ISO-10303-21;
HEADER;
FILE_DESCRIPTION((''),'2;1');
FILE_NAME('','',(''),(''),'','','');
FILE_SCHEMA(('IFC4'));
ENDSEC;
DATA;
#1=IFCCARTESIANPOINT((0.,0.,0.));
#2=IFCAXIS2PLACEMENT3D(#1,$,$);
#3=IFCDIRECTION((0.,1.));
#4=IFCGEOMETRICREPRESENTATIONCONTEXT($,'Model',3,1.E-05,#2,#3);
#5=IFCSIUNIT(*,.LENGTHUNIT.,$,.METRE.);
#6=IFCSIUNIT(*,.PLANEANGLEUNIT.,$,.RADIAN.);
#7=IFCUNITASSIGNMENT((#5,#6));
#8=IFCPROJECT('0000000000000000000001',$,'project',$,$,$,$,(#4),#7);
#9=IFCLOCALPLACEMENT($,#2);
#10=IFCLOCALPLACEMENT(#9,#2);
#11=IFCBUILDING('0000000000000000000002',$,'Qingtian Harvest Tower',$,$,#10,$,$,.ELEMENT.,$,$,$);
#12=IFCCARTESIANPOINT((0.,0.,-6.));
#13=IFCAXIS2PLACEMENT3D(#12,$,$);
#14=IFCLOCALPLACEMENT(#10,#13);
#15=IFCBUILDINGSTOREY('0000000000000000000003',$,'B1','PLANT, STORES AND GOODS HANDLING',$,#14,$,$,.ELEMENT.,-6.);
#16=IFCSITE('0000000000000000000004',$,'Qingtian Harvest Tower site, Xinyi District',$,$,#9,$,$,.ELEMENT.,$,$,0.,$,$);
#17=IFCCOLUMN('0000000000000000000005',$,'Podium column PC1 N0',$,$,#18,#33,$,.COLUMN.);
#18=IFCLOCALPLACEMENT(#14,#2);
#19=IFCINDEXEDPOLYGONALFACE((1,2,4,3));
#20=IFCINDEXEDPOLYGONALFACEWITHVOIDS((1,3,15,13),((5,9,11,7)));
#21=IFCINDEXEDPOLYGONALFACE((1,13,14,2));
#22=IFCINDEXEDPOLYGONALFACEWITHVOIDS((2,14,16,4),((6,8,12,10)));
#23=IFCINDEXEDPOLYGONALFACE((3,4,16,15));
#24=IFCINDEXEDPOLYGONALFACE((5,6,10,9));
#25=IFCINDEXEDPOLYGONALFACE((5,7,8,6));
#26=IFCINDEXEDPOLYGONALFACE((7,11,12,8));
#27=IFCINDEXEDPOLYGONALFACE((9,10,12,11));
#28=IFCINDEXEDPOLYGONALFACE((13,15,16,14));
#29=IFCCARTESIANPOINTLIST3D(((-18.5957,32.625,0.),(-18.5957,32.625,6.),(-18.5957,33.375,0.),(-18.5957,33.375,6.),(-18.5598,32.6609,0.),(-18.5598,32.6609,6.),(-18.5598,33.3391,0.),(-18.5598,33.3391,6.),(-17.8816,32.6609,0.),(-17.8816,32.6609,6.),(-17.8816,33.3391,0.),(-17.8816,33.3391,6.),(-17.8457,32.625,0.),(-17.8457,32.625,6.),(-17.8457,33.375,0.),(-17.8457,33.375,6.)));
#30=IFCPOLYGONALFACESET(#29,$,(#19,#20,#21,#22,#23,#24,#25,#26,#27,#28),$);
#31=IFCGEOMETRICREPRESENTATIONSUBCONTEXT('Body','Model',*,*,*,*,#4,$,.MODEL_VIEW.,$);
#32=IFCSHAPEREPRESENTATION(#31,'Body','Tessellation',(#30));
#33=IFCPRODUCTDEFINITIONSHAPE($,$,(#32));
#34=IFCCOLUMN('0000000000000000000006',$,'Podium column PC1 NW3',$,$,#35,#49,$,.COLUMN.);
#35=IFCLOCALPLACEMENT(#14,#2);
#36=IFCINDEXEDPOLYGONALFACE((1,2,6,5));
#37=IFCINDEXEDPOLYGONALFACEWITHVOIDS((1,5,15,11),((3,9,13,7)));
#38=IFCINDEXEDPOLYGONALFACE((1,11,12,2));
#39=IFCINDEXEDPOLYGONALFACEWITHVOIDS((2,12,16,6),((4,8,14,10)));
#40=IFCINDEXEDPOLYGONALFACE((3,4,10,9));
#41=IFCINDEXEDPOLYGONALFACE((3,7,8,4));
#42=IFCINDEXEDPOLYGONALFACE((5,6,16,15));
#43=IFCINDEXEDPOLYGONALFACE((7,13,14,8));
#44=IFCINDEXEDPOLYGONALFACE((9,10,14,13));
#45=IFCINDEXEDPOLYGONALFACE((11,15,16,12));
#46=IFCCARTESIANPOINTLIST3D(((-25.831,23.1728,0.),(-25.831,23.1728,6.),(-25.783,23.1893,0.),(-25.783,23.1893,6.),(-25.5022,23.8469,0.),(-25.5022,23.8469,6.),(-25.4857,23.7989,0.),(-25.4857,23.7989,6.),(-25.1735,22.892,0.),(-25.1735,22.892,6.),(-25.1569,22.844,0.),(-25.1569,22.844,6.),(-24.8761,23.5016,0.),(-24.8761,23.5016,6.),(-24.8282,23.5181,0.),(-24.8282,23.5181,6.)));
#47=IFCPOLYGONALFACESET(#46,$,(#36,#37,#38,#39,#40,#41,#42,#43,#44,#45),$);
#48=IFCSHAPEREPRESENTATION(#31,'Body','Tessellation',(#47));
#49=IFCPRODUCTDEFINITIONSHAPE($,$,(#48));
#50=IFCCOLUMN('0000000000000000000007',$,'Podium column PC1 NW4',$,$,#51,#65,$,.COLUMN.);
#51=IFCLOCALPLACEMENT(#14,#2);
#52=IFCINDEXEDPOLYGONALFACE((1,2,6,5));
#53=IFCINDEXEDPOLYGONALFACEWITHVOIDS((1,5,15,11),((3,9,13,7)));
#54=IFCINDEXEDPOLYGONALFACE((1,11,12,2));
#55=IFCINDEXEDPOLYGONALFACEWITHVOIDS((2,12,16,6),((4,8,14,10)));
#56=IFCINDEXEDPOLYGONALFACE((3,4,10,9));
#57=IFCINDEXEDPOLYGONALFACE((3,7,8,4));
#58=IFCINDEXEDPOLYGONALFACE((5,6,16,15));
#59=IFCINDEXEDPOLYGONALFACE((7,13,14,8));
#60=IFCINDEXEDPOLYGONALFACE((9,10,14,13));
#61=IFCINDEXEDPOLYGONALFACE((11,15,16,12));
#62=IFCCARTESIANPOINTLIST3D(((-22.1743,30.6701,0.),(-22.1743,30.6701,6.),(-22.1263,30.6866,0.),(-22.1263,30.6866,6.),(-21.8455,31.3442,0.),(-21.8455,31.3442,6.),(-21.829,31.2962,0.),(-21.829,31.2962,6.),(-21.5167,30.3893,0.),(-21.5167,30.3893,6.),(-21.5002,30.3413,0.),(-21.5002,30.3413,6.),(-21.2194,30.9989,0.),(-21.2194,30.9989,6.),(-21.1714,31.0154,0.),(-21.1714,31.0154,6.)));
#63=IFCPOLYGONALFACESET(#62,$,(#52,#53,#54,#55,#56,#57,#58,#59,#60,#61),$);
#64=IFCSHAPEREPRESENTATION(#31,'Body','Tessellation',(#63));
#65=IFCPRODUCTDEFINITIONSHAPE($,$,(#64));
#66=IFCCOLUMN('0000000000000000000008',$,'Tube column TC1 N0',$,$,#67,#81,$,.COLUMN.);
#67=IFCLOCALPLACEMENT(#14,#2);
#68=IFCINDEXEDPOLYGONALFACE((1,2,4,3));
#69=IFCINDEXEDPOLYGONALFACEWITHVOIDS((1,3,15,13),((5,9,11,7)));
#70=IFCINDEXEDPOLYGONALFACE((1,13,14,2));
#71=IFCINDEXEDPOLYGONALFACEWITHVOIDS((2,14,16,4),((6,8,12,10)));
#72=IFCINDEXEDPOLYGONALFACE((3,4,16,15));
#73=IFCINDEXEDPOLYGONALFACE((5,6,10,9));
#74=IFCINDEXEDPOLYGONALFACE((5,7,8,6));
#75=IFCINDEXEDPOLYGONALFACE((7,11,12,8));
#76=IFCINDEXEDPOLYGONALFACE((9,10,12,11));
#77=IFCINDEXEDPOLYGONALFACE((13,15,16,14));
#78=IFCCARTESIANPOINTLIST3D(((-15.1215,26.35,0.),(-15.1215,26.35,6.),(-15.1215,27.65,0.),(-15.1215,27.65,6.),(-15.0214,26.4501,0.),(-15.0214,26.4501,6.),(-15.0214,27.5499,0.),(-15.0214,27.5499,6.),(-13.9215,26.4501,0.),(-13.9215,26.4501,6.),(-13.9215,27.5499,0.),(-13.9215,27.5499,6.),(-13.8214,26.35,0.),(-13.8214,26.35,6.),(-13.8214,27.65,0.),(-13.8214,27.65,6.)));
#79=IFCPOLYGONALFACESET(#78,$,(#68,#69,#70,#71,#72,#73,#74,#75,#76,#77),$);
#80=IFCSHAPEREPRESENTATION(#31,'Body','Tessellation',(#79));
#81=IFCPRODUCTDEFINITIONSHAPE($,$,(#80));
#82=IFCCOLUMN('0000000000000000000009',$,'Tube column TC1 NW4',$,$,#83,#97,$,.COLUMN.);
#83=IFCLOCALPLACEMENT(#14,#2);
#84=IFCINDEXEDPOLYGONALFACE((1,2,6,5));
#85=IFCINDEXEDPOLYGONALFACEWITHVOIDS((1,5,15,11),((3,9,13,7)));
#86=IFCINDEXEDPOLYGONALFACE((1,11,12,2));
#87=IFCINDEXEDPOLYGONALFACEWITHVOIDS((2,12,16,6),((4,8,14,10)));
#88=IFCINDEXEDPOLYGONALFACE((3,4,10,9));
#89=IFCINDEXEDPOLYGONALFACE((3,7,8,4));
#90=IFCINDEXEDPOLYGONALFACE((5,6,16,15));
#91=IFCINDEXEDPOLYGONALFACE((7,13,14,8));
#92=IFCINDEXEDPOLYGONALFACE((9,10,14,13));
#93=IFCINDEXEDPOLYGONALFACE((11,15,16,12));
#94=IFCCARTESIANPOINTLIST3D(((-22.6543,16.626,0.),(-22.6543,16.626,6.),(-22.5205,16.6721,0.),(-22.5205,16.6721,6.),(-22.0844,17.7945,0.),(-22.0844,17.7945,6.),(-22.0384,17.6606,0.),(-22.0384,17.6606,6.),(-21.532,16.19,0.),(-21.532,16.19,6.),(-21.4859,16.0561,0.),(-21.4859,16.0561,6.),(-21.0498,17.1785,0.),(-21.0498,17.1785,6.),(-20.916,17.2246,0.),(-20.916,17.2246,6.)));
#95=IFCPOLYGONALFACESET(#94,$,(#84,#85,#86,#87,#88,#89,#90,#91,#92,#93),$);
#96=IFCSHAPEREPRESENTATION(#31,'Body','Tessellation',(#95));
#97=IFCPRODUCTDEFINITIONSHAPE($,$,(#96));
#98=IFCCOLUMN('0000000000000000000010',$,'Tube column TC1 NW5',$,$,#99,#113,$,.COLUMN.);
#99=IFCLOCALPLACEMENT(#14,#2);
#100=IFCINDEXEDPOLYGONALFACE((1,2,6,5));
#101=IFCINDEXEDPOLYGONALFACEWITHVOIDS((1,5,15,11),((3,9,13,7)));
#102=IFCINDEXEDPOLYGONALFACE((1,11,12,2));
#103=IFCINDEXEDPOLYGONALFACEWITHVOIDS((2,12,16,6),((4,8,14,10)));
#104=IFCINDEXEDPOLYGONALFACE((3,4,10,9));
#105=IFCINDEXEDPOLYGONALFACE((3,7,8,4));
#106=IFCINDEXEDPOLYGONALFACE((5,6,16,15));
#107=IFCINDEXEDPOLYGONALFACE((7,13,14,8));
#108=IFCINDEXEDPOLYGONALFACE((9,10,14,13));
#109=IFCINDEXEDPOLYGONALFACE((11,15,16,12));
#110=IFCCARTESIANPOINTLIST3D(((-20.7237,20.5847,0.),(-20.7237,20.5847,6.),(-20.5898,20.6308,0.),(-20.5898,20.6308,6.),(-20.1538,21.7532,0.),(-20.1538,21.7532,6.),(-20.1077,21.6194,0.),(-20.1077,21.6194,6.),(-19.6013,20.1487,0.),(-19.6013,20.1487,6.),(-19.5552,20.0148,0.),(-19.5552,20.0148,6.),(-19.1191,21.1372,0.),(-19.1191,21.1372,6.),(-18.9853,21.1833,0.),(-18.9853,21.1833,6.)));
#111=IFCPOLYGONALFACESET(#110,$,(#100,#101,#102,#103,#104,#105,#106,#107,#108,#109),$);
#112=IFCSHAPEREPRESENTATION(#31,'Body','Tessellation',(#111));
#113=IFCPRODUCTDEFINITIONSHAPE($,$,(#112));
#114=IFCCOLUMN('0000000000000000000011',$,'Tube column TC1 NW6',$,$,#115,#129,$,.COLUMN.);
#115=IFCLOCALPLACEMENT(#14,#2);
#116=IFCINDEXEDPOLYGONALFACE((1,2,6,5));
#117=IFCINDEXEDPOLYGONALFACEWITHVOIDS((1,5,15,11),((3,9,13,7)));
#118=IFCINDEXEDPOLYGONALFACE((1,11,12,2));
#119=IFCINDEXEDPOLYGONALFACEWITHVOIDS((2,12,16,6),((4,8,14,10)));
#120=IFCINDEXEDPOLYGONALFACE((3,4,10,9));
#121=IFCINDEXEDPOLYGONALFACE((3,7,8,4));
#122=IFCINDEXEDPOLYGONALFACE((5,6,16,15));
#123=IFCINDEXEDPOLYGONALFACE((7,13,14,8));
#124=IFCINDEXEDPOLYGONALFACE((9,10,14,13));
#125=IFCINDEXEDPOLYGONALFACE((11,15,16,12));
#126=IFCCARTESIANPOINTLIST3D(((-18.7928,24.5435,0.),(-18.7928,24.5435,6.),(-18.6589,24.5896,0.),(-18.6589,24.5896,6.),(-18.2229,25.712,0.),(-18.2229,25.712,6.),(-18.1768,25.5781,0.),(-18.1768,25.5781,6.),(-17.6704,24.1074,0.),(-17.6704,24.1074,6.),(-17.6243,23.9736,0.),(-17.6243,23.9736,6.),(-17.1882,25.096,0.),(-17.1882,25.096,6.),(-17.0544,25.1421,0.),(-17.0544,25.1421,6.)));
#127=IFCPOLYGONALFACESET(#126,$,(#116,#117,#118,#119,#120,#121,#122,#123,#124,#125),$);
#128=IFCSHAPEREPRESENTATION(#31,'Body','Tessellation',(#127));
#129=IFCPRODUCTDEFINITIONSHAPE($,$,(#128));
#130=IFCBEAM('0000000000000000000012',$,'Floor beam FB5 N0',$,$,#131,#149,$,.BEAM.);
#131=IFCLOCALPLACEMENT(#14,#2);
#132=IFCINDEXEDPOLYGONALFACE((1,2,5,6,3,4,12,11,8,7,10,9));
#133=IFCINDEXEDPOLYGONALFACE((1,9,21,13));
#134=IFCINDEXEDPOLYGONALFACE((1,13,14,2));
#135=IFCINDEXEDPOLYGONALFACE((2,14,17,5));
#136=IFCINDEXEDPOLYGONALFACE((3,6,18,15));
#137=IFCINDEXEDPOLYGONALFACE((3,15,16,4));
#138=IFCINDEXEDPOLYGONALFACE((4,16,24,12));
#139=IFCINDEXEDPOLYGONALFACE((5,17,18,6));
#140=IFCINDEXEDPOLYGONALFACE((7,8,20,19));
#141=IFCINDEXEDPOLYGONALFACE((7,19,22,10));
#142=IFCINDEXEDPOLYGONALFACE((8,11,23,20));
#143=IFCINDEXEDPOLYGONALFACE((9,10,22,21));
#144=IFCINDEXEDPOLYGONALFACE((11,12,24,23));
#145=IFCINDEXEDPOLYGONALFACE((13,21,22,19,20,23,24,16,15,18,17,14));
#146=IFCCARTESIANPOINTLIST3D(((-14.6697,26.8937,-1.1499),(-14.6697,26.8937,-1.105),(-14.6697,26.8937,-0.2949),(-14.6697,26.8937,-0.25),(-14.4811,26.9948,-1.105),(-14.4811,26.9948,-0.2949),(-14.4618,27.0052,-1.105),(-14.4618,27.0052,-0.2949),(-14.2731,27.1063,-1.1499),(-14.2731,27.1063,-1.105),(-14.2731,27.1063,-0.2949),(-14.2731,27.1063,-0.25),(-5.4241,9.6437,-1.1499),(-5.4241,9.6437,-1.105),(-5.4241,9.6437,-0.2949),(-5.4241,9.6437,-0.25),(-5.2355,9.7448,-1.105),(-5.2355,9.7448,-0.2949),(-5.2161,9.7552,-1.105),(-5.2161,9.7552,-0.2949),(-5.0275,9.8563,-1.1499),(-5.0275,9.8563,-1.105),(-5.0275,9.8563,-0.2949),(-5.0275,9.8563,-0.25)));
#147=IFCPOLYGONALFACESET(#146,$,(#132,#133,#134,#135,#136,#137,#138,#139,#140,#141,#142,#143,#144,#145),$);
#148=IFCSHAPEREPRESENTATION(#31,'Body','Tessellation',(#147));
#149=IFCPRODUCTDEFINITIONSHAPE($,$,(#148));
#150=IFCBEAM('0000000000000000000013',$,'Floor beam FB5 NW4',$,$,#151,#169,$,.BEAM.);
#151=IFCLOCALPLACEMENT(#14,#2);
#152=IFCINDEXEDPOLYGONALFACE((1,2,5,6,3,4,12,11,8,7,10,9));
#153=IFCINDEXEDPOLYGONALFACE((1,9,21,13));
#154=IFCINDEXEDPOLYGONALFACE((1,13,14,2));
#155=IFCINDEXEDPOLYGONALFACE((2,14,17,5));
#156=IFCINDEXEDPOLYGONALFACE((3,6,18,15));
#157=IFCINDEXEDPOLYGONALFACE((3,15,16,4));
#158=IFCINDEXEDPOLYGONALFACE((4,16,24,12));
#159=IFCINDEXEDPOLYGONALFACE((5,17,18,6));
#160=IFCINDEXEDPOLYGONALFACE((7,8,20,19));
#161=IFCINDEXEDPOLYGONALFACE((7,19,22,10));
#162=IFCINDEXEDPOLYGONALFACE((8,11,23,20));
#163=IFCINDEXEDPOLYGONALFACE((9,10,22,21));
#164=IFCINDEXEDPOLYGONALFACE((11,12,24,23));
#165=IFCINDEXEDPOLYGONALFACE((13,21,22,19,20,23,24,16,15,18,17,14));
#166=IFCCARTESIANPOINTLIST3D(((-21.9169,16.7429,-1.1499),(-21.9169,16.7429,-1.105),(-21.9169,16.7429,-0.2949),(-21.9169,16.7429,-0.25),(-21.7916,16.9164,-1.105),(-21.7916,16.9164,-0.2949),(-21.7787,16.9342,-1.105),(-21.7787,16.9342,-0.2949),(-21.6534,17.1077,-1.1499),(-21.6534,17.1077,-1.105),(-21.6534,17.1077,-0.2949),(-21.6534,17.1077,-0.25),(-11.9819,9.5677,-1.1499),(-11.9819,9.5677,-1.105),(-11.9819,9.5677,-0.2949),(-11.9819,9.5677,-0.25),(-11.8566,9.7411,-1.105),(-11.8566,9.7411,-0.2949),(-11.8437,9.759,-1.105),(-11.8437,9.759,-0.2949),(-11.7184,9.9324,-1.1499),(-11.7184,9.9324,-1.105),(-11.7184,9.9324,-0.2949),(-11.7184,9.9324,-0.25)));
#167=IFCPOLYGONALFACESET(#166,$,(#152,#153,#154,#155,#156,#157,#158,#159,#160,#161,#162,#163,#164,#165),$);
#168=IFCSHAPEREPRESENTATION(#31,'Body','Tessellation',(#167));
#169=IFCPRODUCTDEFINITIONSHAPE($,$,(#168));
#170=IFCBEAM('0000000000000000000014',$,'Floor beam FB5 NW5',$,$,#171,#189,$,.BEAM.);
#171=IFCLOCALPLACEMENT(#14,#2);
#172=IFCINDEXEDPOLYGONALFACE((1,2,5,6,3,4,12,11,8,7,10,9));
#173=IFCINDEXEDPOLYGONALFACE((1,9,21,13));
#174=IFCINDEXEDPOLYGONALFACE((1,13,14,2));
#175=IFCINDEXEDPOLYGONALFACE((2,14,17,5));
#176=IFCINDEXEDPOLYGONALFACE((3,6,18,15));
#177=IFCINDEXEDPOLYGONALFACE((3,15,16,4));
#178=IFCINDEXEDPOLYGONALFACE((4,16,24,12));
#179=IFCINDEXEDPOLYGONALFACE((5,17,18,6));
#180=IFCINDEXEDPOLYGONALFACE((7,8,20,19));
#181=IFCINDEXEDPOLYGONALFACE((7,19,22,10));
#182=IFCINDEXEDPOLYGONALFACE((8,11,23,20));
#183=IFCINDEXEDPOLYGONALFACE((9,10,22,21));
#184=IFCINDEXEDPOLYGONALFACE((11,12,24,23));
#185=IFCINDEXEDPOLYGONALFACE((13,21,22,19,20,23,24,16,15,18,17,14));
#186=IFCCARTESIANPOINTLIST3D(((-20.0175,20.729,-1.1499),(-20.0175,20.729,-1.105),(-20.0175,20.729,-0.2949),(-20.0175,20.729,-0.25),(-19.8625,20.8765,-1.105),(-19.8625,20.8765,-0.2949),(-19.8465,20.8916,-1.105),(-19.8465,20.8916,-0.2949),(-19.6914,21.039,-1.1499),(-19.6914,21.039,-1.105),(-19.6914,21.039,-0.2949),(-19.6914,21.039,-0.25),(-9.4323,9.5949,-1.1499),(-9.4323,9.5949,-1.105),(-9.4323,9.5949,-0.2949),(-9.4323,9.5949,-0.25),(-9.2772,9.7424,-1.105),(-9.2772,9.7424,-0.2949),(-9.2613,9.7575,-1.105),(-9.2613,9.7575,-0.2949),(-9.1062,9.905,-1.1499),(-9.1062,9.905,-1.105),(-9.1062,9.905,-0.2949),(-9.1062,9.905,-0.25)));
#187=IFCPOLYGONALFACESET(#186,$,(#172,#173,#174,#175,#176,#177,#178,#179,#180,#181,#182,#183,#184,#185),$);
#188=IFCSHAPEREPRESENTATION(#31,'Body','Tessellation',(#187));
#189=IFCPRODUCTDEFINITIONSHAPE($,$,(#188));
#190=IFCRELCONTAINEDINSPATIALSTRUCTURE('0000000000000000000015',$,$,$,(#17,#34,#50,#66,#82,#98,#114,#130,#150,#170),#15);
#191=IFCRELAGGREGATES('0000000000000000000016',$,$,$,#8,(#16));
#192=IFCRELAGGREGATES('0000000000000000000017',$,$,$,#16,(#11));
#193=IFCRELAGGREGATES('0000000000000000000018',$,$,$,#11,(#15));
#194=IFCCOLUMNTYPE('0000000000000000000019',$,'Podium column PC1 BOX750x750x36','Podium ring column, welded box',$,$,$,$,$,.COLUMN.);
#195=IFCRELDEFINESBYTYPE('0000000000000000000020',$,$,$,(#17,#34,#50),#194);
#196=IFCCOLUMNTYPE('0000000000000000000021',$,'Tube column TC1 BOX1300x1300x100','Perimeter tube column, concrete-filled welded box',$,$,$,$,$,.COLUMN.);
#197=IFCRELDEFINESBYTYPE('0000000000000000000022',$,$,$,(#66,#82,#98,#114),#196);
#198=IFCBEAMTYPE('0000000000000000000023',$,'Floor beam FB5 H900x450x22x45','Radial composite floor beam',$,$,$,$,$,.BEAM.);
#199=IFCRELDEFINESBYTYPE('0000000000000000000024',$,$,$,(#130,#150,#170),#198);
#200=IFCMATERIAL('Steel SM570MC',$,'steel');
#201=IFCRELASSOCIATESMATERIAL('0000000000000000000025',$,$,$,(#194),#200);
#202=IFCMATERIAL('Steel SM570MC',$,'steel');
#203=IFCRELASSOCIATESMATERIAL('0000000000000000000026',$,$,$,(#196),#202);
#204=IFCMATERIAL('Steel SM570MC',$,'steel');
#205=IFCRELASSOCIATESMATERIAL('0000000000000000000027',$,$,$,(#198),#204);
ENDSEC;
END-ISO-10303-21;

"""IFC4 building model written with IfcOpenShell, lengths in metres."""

from ifc_helpers import new_model, si_unit, direction, frame, origin, origin_2d, place, context, subcontext, project, spatial, hollow_rectangle, i_section, extrude, material, material_profile, profile_set, type_object, element, save


model = new_model("IFC4")

# Units and contexts
model_context = context("Model", 3, precision=1e-05, world=origin(), true_north=direction((0.0, 1.0)))
body_context = subcontext(model_context, "Body", "Model", "MODEL_VIEW")
ifc_project = project(units=[si_unit("LENGTHUNIT", "METRE"), si_unit("PLANEANGLEUNIT", "RADIAN")], contexts=[model_context])

# Site, building, storey
site_placement = place(None, origin())
site = spatial("IfcSite", under=ifc_project, at=site_placement, Name="Qingtian Harvest Tower site, Xinyi District", CompositionType="ELEMENT", RefElevation=0.0)
building_placement = place(site_placement, origin())
building = spatial("IfcBuilding", under=site, at=building_placement, Name="Qingtian Harvest Tower", CompositionType="ELEMENT")
storey_placement = place(building_placement, frame((0.0, 0.0, -6.0)))
storey = spatial("IfcBuildingStorey", under=building, at=storey_placement, Name="B1", Description="PLANT, STORES AND GOODS HANDLING", CompositionType="ELEMENT", Elevation=-6.0)

# Columns
ifc_material_1 = material(Name="Steel SM570MC", Category="steel")
ifc_material_profile_1 = material_profile(ifc_material_1, hollow_rectangle(XDim=0.75, YDim=0.75, WallThickness=0.0359, at=origin_2d()), Name="BOX750x750x36")
ifc_profile_set_1 = profile_set([ifc_material_profile_1], Name="Steel SM570MC")
column_type_1 = type_object("IfcColumnType", Name="Podium column PC1 BOX750x750x36", Description="Podium ring column, welded box", PredefinedType="COLUMN", material=ifc_profile_set_1)
for number, where, z_axis, x_axis, name in (
    (1, (-18.2207, 33.0, 0.0), (0.0, 0.0, 1.0), (-1.0, 0.0, 0.0), "Podium column PC1 N0"),
    (2, (-25.3296, 23.3455, 0.0), (0.0, 0.0, 1.0), (-0.438371, -0.898794, 0.0), "Podium column PC1 NW3"),
    (3, (-21.6729, 30.8428, 0.0), (0.0, 0.0, 1.0), (-0.438371, -0.898794, 0.0), "Podium column PC1 NW4"),
):
    element("IfcColumn", number, at=place(storey_placement, frame(where, z_axis=z_axis, x_axis=x_axis)), inside=storey, type_object=column_type_1, Name=name, PredefinedType="COLUMN", context=body_context, shape_type="SweptSolid", body=[
        extrude(hollow_rectangle(XDim=0.75, YDim=0.75, WallThickness=0.0359, at=origin_2d()), origin(), (0.0, 0.0, 1.0), 6.0),
    ])
ifc_material_2 = material(Name="Steel SM570MC", Category="steel")
ifc_material_profile_2 = material_profile(ifc_material_2, hollow_rectangle(XDim=1.3, YDim=1.3, WallThickness=0.1001, at=origin_2d()), Name="BOX1300x1300x100")
ifc_profile_set_2 = profile_set([ifc_material_profile_2], Name="Steel SM570MC")
column_type_2 = type_object("IfcColumnType", Name="Tube column TC1 BOX1300x1300x100", Description="Perimeter tube column, concrete-filled welded box", PredefinedType="COLUMN", material=ifc_profile_set_2)
for number, where, z_axis, x_axis, name in (
    (4, (-14.4714, 27.0, 0.0), (0.0, 0.0, 1.0), (-1.0, 0.0, 0.0), "Tube column TC1 N0"),
    (5, (-21.7852, 16.9253, 0.0), (0.0, 0.0, 1.0), (-0.438371, -0.898794, 0.0), "Tube column TC1 NW4"),
    (6, (-19.8545, 20.884, 0.0), (0.0, 0.0, 1.0), (-0.438371, -0.898794, 0.0), "Tube column TC1 NW5"),
    (7, (-17.9236, 24.8428, 0.0), (0.0, 0.0, 1.0), (-0.438371, -0.898794, 0.0), "Tube column TC1 NW6"),
):
    element("IfcColumn", number, at=place(storey_placement, frame(where, z_axis=z_axis, x_axis=x_axis)), inside=storey, type_object=column_type_2, Name=name, PredefinedType="COLUMN", context=body_context, shape_type="SweptSolid", body=[
        extrude(hollow_rectangle(XDim=1.3, YDim=1.3, WallThickness=0.1001, at=origin_2d()), origin(), (0.0, 0.0, 1.0), 6.0),
    ])

# Beams
ifc_material_3 = material(Name="Steel SM570MC", Category="steel")
ifc_material_profile_3 = material_profile(ifc_material_3, i_section(OverallWidth=0.45, OverallDepth=0.8999, WebThickness=0.022, FlangeThickness=0.0449, at=origin_2d()), Name="H900x450x22x45")
ifc_profile_set_3 = profile_set([ifc_material_profile_3], Name="Steel SM570MC")
beam_type_1 = type_object("IfcBeamType", Name="Floor beam FB5 H900x450x22x45", Description="Radial composite floor beam", PredefinedType="BEAM", material=ifc_profile_set_3)
beam_1_placement = place(storey_placement, frame((-14.4714, 27.0, -0.7), z_axis=(0.472401, -0.881384, 0.0), x_axis=(0.881384, 0.472401, 0.0)))
element("IfcBeam", 8, at=beam_1_placement, inside=storey, type_object=beam_type_1, Name="Floor beam FB5 N0", PredefinedType="BEAM", context=body_context, shape_type="SweptSolid", body=[
    extrude(i_section(OverallWidth=0.45, OverallDepth=0.8999, WebThickness=0.022, FlangeThickness=0.0449, at=origin_2d()), origin(), (0.0, 0.0, 1.0), 19.5715),
])
beam_2_placement = place(storey_placement, frame((-21.7852, 16.9253, -0.7), z_axis=(0.81068, -0.585489, 0.0), x_axis=(0.585489, 0.81068, 0.0)))
element("IfcBeam", 9, at=beam_2_placement, inside=storey, type_object=beam_type_1, Name="Floor beam FB5 NW4", PredefinedType="BEAM", context=body_context, shape_type="SweptSolid", body=[
    extrude(i_section(OverallWidth=0.45, OverallDepth=0.8999, WebThickness=0.022, FlangeThickness=0.0449, at=origin_2d()), origin(), (0.0, 0.0, 1.0), 12.2551),
])
beam_3_placement = place(storey_placement, frame((-19.8545, 20.884, -0.7), z_axis=(0.689019, -0.724743, 0.0), x_axis=(0.724743, 0.689019, 0.0)))
element("IfcBeam", 10, at=beam_3_placement, inside=storey, type_object=beam_type_1, Name="Floor beam FB5 NW5", PredefinedType="BEAM", context=body_context, shape_type="SweptSolid", body=[
    extrude(i_section(OverallWidth=0.45, OverallDepth=0.8999, WebThickness=0.022, FlangeThickness=0.0449, at=origin_2d()), origin(), (0.0, 0.0, 1.0), 15.3628),
])

save(model, "model.ifc")
